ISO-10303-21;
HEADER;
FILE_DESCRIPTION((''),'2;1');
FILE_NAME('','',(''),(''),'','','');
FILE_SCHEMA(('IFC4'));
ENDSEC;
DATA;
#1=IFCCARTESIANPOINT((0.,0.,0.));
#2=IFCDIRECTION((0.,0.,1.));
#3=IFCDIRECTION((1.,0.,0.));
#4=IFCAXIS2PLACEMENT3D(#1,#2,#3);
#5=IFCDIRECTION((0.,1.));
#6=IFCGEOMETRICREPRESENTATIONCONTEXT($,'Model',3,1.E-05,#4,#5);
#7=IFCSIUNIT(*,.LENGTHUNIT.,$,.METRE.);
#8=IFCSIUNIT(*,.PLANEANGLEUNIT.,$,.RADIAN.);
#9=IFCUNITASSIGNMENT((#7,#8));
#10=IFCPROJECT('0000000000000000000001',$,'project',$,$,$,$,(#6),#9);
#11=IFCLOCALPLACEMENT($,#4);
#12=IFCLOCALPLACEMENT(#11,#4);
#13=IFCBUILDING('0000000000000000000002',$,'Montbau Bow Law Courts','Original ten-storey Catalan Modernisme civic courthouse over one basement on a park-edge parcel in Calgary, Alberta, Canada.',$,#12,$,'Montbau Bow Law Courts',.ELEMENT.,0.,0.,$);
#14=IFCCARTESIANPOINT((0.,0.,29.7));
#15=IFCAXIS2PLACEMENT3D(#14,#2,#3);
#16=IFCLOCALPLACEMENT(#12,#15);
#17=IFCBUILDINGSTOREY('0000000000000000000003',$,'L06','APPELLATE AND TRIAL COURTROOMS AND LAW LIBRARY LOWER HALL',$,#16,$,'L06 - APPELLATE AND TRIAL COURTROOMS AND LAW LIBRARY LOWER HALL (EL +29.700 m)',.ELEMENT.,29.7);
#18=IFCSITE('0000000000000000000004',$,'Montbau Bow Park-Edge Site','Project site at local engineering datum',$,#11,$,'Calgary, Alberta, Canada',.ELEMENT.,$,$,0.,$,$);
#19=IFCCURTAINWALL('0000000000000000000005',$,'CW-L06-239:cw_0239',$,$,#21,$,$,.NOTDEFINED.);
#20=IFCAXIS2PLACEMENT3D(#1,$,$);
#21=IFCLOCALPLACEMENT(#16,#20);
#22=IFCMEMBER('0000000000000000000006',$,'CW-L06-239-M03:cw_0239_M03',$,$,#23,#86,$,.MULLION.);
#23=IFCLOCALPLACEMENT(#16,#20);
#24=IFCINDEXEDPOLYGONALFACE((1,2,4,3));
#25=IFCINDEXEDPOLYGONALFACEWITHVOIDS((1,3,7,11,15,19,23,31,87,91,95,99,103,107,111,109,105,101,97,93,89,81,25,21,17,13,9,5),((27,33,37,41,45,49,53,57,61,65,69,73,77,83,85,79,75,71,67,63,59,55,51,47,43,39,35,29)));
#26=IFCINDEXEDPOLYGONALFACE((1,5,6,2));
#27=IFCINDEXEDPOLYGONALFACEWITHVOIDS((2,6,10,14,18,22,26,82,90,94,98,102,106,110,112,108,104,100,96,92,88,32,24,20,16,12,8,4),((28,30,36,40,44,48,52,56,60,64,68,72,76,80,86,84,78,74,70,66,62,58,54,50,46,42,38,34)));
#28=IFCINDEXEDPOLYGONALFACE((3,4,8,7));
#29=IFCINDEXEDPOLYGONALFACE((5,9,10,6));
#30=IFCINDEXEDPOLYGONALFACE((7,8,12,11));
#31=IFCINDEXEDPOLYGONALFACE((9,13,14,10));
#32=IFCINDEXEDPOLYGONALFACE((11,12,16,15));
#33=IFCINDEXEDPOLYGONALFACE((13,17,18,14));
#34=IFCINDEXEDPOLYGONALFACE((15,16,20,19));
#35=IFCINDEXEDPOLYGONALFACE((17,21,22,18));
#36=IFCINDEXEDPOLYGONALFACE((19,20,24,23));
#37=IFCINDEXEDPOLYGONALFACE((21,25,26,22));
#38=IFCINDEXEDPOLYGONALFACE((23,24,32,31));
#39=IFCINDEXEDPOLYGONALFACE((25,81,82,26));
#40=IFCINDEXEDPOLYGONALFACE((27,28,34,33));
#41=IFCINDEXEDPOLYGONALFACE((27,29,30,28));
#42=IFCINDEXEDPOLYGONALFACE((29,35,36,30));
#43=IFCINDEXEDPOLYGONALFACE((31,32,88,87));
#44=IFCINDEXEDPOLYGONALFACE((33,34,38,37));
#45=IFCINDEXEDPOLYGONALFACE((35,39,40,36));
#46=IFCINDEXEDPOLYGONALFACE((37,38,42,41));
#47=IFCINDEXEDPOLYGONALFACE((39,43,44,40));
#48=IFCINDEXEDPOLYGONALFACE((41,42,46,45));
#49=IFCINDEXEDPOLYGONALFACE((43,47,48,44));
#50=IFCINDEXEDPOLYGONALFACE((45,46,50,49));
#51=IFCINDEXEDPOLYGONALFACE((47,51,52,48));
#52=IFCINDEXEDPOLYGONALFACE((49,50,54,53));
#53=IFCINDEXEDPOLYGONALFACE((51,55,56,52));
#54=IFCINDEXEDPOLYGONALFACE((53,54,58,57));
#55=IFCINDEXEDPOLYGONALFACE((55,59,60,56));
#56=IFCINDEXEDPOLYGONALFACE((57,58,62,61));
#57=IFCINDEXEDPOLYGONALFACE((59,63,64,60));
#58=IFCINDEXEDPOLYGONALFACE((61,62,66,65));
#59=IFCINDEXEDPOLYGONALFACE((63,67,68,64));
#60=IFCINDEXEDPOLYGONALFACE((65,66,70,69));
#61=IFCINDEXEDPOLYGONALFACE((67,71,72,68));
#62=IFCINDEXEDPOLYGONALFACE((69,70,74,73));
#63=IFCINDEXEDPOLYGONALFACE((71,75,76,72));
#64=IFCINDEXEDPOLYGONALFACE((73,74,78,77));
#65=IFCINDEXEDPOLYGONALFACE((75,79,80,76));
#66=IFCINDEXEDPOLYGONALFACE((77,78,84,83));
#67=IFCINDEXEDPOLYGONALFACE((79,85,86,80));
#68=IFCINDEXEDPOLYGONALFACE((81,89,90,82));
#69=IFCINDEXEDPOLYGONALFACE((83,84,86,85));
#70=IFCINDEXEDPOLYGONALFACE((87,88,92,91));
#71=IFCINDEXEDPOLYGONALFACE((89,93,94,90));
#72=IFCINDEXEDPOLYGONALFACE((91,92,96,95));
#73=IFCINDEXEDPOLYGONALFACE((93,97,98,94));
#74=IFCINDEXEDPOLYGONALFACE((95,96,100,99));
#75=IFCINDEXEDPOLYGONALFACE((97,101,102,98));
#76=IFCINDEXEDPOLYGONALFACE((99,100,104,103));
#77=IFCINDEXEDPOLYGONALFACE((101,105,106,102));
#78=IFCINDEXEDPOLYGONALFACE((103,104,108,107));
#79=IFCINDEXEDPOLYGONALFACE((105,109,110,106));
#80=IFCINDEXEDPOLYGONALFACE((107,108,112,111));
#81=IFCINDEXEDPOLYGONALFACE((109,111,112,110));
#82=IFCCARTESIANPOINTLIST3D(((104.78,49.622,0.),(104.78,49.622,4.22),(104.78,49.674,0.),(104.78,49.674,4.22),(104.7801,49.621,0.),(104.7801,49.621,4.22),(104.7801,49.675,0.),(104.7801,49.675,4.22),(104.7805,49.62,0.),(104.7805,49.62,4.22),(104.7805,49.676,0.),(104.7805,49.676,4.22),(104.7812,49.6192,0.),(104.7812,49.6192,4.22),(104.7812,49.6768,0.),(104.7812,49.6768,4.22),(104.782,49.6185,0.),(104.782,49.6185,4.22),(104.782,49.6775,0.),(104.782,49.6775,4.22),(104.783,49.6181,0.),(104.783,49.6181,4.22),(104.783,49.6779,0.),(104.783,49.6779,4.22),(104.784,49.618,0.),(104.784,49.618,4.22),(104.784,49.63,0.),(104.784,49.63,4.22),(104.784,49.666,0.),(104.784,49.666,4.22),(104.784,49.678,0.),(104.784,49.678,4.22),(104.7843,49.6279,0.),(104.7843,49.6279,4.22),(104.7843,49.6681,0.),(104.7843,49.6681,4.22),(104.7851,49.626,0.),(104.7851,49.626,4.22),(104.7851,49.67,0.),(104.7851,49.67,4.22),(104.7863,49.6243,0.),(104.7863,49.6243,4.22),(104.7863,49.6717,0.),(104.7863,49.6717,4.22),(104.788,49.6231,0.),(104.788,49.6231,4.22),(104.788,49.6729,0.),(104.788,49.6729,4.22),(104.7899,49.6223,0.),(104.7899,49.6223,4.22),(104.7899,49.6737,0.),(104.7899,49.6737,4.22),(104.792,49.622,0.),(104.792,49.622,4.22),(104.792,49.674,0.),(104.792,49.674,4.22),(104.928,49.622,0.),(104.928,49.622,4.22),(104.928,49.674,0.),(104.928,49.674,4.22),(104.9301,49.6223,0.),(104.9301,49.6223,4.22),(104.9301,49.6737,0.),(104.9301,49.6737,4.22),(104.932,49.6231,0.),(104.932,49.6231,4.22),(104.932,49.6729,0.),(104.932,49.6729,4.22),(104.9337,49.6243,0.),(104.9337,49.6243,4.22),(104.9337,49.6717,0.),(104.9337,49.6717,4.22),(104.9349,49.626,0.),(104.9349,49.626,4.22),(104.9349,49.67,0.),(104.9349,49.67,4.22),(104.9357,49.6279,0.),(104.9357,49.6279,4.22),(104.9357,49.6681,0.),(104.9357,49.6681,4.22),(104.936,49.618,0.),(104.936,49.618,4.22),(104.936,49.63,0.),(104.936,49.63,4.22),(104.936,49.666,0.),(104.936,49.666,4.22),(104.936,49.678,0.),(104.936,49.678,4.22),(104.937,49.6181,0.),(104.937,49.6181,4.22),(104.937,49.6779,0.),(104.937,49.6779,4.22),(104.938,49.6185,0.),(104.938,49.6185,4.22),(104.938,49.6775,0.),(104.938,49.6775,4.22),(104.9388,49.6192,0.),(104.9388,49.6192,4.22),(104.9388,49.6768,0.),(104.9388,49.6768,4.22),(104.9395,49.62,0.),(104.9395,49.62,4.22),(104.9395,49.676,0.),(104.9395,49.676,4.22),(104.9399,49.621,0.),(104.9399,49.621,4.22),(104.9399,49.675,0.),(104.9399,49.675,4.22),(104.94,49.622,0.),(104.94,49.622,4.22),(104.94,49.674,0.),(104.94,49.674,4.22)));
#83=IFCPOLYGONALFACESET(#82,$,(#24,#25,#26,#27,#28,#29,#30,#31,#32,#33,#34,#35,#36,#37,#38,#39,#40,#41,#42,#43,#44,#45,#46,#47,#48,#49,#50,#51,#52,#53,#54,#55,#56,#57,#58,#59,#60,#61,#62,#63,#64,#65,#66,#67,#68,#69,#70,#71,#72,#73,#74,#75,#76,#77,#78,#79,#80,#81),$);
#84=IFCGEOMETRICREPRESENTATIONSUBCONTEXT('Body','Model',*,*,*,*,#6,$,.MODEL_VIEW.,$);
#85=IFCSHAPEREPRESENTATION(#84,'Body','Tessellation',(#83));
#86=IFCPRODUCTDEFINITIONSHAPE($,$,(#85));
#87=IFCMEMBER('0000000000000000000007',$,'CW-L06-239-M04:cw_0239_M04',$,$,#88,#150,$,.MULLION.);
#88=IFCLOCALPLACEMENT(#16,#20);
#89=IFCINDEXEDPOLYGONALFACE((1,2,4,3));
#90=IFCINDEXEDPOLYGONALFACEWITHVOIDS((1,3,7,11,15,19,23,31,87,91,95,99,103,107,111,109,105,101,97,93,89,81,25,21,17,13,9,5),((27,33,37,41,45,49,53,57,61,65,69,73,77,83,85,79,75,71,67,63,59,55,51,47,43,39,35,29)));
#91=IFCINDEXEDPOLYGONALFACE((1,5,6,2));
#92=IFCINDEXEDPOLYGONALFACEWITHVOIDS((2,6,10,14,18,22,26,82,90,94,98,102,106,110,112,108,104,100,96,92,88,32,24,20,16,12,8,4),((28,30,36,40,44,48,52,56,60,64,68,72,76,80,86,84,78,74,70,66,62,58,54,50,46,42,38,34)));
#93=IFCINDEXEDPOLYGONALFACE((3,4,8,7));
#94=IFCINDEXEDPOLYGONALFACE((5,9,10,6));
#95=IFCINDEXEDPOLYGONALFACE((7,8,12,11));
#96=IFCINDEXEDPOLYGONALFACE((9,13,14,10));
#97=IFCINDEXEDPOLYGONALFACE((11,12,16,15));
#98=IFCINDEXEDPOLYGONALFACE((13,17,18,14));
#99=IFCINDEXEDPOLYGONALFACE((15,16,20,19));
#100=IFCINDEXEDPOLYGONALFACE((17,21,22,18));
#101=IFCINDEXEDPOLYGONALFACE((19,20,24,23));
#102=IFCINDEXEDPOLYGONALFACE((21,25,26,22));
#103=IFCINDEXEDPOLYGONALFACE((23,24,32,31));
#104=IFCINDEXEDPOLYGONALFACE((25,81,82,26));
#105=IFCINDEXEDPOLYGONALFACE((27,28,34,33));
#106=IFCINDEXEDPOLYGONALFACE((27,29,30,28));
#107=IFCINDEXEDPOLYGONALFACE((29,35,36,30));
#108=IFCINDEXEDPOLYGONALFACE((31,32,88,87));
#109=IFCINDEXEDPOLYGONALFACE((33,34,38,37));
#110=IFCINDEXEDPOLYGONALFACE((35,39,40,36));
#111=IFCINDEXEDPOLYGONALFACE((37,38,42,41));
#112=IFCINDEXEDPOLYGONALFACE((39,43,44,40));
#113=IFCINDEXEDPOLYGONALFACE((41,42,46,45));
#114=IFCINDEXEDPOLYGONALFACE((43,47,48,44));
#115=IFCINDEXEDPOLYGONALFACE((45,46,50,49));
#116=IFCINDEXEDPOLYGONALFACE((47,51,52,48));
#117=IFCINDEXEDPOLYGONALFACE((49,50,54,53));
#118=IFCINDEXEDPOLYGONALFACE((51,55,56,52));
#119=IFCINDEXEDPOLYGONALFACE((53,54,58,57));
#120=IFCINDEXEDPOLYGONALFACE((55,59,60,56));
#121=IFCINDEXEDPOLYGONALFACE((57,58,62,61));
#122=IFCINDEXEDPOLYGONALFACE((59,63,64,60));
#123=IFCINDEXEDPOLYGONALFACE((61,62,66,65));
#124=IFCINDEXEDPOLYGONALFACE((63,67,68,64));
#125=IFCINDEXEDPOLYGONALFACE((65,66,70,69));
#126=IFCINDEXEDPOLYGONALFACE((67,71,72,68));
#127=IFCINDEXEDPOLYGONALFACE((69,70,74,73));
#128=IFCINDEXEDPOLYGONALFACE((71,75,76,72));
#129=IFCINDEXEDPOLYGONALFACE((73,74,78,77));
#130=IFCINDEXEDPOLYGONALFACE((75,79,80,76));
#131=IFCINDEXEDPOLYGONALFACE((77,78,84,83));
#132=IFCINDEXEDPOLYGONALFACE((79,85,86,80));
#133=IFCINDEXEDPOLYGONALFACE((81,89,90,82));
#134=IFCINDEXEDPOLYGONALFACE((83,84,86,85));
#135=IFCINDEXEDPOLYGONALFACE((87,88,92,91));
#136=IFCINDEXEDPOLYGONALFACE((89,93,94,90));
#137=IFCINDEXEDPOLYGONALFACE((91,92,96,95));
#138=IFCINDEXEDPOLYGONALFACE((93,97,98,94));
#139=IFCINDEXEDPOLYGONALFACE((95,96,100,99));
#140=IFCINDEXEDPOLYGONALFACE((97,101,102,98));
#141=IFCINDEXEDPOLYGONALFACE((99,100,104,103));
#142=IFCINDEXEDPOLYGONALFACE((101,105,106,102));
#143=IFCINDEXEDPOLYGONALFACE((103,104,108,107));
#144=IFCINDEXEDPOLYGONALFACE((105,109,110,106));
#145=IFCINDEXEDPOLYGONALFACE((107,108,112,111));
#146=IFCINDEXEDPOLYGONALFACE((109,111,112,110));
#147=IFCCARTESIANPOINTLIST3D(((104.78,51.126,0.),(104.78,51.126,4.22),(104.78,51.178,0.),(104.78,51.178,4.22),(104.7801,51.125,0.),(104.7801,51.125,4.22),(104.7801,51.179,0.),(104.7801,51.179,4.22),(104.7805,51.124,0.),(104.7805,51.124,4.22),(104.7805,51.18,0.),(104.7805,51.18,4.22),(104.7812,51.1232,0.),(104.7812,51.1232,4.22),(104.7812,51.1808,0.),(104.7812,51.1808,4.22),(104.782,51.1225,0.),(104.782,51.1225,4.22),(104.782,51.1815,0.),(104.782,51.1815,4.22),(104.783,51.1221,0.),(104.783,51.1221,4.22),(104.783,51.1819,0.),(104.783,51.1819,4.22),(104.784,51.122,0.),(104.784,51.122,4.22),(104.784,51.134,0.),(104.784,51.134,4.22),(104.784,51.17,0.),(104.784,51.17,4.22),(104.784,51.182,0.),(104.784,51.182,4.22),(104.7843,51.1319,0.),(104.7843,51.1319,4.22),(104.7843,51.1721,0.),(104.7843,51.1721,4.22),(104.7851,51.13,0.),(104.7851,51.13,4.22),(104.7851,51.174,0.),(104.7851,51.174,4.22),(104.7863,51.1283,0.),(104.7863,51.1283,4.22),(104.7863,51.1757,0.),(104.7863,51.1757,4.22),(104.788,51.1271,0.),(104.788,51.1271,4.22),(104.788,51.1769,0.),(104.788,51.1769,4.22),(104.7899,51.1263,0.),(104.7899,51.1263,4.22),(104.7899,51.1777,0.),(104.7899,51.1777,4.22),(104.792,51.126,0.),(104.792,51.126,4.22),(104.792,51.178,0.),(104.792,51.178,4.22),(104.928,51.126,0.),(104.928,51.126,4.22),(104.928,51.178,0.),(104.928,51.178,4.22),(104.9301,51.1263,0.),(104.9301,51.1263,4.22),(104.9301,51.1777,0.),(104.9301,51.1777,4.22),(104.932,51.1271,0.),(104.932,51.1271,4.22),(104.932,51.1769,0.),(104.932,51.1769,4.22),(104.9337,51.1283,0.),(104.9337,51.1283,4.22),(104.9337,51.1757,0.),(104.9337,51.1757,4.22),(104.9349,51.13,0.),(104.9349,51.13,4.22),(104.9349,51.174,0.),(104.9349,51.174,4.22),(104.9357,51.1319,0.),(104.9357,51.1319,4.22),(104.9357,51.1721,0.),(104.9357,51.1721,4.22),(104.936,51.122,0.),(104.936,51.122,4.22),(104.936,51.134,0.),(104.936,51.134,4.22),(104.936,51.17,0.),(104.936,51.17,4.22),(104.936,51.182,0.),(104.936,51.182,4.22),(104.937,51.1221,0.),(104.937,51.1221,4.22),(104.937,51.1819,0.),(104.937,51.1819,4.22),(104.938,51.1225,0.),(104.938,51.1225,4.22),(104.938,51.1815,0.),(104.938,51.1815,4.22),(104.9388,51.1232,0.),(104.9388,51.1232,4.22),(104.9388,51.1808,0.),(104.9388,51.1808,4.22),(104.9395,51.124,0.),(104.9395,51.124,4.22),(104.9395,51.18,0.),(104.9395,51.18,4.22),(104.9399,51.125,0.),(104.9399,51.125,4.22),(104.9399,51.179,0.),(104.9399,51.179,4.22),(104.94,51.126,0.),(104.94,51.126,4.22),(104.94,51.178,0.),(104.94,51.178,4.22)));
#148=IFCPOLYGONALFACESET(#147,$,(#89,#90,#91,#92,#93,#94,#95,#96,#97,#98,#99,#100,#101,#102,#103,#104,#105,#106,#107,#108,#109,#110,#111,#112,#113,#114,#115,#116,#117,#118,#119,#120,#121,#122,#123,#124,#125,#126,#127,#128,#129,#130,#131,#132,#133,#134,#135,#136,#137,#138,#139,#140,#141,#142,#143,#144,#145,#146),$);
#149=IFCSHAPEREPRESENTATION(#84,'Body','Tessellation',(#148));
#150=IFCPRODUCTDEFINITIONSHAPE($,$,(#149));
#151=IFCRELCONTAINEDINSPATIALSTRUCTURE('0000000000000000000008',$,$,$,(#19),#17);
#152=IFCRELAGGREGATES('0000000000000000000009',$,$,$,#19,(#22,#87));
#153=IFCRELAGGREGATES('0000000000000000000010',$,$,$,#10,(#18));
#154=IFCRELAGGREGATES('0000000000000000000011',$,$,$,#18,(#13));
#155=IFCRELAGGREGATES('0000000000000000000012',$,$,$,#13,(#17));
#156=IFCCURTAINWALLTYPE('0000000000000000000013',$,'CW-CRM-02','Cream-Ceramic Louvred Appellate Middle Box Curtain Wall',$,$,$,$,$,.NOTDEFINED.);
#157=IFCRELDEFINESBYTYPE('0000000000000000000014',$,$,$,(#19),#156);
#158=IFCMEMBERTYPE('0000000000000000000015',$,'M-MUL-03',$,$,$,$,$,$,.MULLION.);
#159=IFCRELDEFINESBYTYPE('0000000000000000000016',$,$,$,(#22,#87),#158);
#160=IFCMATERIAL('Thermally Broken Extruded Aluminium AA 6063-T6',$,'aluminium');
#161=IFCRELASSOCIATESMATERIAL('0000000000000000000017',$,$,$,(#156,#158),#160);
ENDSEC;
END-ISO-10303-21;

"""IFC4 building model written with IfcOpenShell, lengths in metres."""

from ifc_helpers import new_model, si_unit, direction, frame, origin_with_axes, origin_2d_with_axis, place, context, subcontext, project, spatial, hollow_rectangle, extrude, material, material_profile, profile_set, type_object, element, aggregate, save


model = new_model("IFC4")

# Units and contexts
model_context = context("Model", 3, precision=1e-05, world=origin_with_axes(), true_north=direction((0.0, 1.0)))
body_context = subcontext(model_context, "Body", "Model", "MODEL_VIEW")
ifc_project = project(units=[si_unit("LENGTHUNIT", "METRE"), si_unit("PLANEANGLEUNIT", "RADIAN")], contexts=[model_context])

# Site, building, storey
site_placement = place(None, origin_with_axes())
site = spatial("IfcSite", under=ifc_project, at=site_placement, Name="Montbau Bow Park-Edge Site", Description="Project site at local engineering datum", LongName="Calgary, Alberta, Canada", CompositionType="ELEMENT", RefElevation=0.0)
building_placement = place(site_placement, origin_with_axes())
building = spatial("IfcBuilding", under=site, at=building_placement, Name="Montbau Bow Law Courts", Description="Original ten-storey Catalan Modernisme civic courthouse over one basement on a park-edge parcel in Calgary, Alberta, Canada.", LongName="Montbau Bow Law Courts", CompositionType="ELEMENT", ElevationOfRefHeight=0.0, ElevationOfTerrain=0.0)
storey_placement = place(building_placement, frame((0.0, 0.0, 29.7), z_axis=(0.0, 0.0, 1.0), x_axis=(1.0, 0.0, 0.0)))
storey = spatial("IfcBuildingStorey", under=building, at=storey_placement, Name="L06", Description="APPELLATE AND TRIAL COURTROOMS AND LAW LIBRARY LOWER HALL", LongName="L06 - APPELLATE AND TRIAL COURTROOMS AND LAW LIBRARY LOWER HALL (EL +29.700 m)", CompositionType="ELEMENT", Elevation=29.7)

# Curtain wall, members
ifc_material_1 = material(Name="Thermally Broken Extruded Aluminium AA 6063-T6", Category="aluminium")
curtain_wall_type = type_object("IfcCurtainWallType", Name="CW-CRM-02", Description="Cream-Ceramic Louvred Appellate Middle Box Curtain Wall", PredefinedType="NOTDEFINED", material=ifc_material_1)
curtain_wall_placement = place(None, frame((104.86, 46.64, 29.7), z_axis=(0.0, 0.0, 1.0), x_axis=(1.0, 0.0, 0.0)))
curtain_wall = element("IfcCurtainWall", 1, at=curtain_wall_placement, inside=storey, type_object=curtain_wall_type, Name="CW-L06-239:cw_0239", PredefinedType="NOTDEFINED")
ifc_material_profile_1 = material_profile(ifc_material_1, hollow_rectangle(XDim=0.06, YDim=0.16, WallThickness=0.004, InnerFilletRadius=0.008, OuterFilletRadius=0.004, at=origin_2d_with_axis()), Name="CWM-160X60", Category="Main", Priority=0)
ifc_profile_set_1 = profile_set([ifc_material_profile_1], Name="Thermally Broken Extruded Aluminium AA 6063-T6")
member_type_1 = type_object("IfcMemberType", Name="M-MUL-03", PredefinedType="MULLION", material=ifc_profile_set_1)
member_1_placement = place(None, frame((104.86, 49.648, 29.7), z_axis=(0.0, 0.0, 1.0), x_axis=(0.0, 1.0, 0.0)))
member_1 = element("IfcMember", 2, at=member_1_placement, type_object=member_type_1, Name="CW-L06-239-M03:cw_0239_M03", PredefinedType="MULLION", context=body_context, shape_type="SweptSolid", body=[
    extrude(hollow_rectangle(XDim=0.06, YDim=0.16, WallThickness=0.004, InnerFilletRadius=0.008, OuterFilletRadius=0.004, at=origin_2d_with_axis()), origin_with_axes(), (0.0, 0.0, 1.0), 4.22),
])
member_2_placement = place(None, frame((104.86, 51.152, 29.7), z_axis=(0.0, 0.0, 1.0), x_axis=(0.0, 1.0, 0.0)))
member_2 = element("IfcMember", 3, at=member_2_placement, type_object=member_type_1, Name="CW-L06-239-M04:cw_0239_M04", PredefinedType="MULLION", context=body_context, shape_type="SweptSolid", body=[
    extrude(hollow_rectangle(XDim=0.06, YDim=0.16, WallThickness=0.004, InnerFilletRadius=0.008, OuterFilletRadius=0.004, at=origin_2d_with_axis()), origin_with_axes(), (0.0, 0.0, 1.0), 4.22),
])
aggregate(curtain_wall, [member_1, member_2])

save(model, "model.ifc")
